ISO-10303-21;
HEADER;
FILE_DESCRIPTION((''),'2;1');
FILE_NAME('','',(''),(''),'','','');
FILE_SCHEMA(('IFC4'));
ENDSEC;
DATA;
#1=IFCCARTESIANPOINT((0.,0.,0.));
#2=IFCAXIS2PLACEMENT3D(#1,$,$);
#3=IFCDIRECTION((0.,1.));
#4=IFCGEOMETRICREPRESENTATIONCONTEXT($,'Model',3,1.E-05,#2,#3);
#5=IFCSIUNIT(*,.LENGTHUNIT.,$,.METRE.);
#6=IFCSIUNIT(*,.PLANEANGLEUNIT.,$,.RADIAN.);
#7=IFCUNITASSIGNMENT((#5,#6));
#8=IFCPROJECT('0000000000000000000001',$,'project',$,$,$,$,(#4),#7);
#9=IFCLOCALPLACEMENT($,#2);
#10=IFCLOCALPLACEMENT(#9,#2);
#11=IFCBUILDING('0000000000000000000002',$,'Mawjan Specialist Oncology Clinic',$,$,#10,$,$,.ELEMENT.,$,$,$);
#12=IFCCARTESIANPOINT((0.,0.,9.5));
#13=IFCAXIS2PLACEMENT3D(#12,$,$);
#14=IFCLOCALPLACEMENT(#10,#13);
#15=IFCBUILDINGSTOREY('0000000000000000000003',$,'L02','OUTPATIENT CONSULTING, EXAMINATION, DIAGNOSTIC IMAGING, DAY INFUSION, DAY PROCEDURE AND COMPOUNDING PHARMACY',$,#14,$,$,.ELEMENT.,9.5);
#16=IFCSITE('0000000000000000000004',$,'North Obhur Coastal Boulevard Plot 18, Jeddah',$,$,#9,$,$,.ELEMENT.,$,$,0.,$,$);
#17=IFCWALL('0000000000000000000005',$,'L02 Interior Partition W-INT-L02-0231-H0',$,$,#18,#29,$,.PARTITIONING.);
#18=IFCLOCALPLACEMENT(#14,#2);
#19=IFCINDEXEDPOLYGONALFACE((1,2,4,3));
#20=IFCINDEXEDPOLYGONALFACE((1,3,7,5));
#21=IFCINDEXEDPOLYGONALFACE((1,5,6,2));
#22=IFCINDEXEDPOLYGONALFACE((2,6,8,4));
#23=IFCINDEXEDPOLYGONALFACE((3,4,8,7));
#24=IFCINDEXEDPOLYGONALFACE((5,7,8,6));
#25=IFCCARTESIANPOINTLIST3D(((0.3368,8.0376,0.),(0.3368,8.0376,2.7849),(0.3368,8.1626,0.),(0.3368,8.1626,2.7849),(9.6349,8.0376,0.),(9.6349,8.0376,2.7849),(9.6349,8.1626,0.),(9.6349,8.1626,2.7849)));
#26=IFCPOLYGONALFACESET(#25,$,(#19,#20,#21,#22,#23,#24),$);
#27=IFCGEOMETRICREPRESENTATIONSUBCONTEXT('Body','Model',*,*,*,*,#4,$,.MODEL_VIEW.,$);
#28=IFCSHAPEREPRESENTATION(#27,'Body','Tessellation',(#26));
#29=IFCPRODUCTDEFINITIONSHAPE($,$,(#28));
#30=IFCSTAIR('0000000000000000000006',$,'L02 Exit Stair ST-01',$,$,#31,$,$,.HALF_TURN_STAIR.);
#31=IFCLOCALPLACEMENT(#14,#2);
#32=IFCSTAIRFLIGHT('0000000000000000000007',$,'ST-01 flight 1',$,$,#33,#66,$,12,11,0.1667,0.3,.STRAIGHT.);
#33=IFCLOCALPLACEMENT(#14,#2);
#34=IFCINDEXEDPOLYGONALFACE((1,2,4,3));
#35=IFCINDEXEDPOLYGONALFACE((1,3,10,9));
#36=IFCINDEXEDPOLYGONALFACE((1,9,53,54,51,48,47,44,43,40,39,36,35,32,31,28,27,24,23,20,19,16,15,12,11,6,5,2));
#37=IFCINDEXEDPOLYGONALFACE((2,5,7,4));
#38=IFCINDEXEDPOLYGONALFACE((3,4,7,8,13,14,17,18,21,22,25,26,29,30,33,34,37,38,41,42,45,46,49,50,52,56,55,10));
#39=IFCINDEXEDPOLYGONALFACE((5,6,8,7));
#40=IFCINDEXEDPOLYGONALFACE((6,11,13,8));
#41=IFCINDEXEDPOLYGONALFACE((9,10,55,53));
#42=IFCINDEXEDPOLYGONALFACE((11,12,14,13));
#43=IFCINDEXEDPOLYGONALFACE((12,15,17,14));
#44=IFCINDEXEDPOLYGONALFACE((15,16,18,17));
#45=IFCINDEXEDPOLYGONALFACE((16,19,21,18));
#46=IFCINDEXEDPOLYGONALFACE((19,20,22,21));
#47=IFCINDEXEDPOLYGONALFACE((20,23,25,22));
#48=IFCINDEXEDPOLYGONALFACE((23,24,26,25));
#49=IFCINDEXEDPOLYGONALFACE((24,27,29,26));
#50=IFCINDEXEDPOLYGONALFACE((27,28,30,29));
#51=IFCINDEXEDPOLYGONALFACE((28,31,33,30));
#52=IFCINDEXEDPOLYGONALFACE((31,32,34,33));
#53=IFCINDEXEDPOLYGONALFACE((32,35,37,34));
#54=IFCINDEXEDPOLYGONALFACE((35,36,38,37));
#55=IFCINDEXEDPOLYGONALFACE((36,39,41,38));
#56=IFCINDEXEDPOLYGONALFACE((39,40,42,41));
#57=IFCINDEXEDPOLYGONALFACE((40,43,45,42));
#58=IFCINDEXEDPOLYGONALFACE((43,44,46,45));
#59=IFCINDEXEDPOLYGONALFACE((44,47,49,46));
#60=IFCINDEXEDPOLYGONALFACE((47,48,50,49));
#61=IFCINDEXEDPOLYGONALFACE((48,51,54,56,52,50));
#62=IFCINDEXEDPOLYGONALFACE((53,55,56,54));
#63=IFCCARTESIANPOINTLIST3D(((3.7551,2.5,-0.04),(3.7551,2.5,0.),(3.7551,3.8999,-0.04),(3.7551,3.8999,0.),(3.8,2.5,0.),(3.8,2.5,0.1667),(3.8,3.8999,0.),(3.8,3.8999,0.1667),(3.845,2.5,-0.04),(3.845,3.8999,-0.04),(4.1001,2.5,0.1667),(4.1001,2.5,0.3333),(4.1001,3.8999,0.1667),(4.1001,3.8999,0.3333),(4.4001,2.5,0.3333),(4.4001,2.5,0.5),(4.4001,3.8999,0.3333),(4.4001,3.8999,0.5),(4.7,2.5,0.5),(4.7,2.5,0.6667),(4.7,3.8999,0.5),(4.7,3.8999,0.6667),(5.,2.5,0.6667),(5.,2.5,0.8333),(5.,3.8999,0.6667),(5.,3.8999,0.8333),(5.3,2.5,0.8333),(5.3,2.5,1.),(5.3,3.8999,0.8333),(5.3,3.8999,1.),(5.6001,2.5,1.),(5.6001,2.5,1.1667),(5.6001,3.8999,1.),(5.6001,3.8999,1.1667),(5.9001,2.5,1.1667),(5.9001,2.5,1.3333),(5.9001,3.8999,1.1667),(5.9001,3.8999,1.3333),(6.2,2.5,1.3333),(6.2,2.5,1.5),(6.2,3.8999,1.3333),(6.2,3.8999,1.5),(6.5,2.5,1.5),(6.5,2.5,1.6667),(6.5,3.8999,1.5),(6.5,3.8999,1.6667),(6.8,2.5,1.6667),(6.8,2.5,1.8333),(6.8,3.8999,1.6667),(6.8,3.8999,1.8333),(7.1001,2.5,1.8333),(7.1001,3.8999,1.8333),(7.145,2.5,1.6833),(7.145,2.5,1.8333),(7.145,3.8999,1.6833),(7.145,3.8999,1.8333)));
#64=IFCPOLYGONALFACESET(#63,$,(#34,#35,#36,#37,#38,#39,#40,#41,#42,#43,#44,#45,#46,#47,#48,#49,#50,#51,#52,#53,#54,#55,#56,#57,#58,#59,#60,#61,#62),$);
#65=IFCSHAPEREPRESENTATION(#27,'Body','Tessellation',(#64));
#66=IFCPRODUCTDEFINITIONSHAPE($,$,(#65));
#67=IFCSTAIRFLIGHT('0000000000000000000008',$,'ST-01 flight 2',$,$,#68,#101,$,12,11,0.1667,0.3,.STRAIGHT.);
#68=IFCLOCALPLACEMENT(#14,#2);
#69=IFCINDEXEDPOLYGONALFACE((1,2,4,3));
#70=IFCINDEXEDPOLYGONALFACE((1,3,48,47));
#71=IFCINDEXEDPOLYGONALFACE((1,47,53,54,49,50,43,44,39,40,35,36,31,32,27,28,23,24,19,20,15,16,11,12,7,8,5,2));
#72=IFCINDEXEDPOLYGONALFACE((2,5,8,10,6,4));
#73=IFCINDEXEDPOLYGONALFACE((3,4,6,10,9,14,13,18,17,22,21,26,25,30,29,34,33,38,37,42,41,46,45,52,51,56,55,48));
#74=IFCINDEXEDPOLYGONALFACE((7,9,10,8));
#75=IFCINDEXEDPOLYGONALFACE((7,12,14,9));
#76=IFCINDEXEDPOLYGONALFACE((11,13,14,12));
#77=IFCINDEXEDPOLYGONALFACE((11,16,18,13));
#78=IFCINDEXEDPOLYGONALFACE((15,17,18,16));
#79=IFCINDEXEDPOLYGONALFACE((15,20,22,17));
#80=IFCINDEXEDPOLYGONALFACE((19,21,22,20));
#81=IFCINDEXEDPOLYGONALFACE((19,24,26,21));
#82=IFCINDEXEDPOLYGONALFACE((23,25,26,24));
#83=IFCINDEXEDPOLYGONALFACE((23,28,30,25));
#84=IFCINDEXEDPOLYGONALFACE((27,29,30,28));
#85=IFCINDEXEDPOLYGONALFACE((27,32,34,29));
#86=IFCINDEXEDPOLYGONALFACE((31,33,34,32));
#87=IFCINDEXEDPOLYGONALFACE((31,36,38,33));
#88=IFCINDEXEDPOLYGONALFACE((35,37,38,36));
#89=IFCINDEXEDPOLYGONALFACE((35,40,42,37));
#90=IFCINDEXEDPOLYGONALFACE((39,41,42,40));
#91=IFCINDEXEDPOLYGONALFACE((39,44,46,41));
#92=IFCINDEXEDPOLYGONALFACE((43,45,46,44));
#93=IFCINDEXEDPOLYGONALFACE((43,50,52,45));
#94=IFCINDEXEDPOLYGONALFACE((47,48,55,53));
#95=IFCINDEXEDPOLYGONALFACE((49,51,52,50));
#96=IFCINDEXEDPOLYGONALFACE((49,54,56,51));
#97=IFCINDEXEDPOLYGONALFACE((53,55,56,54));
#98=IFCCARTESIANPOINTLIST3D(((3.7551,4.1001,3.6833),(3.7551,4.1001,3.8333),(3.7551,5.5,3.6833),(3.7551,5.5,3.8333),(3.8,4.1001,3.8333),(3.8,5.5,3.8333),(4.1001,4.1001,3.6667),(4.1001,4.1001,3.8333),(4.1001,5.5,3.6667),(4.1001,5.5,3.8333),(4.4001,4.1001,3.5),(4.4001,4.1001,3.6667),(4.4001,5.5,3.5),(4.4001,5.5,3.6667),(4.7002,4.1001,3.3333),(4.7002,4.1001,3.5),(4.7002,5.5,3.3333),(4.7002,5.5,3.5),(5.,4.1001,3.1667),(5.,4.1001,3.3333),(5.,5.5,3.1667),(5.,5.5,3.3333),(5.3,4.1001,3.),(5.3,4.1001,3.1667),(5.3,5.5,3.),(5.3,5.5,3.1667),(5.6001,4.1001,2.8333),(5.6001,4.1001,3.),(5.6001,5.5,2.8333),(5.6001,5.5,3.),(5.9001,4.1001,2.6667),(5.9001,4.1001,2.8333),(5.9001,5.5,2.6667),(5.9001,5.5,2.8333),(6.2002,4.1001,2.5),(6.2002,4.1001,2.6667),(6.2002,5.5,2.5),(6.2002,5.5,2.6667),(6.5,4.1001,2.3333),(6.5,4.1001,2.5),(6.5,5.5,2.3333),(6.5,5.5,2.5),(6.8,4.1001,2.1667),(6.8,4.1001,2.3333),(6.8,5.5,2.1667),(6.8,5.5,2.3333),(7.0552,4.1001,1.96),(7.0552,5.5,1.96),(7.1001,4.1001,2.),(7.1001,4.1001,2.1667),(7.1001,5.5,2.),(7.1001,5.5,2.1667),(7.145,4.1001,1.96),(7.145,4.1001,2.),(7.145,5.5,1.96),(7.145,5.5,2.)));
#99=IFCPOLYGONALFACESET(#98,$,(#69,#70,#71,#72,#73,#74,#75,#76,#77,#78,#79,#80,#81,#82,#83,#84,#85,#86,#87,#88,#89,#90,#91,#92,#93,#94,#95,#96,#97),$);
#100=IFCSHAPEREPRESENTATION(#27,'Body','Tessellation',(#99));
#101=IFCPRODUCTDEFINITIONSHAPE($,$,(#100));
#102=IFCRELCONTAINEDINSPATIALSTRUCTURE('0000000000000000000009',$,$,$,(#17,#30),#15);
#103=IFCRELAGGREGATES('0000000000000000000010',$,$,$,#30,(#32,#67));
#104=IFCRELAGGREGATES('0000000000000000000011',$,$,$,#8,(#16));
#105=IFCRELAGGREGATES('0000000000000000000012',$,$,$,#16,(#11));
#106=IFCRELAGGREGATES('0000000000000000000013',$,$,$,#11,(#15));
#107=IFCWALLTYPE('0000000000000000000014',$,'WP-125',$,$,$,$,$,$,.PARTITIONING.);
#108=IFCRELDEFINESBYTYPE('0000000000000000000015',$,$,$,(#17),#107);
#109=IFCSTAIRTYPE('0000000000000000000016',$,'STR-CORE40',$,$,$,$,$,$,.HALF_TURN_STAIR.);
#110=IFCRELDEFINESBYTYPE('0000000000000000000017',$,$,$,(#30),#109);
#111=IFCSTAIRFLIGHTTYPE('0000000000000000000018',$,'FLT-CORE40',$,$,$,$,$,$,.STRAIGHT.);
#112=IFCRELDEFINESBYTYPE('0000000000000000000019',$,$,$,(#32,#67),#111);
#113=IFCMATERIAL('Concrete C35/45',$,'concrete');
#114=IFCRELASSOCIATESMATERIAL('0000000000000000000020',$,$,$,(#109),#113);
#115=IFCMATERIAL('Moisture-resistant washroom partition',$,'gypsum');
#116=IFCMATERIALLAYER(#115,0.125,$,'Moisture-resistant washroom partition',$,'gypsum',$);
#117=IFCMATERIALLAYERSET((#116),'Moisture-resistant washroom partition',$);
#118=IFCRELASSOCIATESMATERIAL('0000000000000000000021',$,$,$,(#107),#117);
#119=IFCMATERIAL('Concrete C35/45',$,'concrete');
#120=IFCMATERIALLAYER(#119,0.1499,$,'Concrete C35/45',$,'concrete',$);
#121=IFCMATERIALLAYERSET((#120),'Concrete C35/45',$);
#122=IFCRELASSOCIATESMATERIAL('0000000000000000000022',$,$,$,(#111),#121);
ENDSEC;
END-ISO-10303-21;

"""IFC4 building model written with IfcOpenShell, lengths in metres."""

from ifc_helpers import new_model, si_unit, direction, frame, frame_2d, origin, place, context, subcontext, project, spatial, polyline, rectangle, outline, extrude, material, layer, layer_set, type_object, element, aggregate, save


model = new_model("IFC4")

# Units and contexts
model_context = context("Model", 3, precision=1e-05, world=origin(), true_north=direction((0.0, 1.0)))
body_context = subcontext(model_context, "Body", "Model", "MODEL_VIEW")
ifc_project = project(units=[si_unit("LENGTHUNIT", "METRE"), si_unit("PLANEANGLEUNIT", "RADIAN")], contexts=[model_context])

# Site, building, storey
site_placement = place(None, origin())
site = spatial("IfcSite", under=ifc_project, at=site_placement, Name="North Obhur Coastal Boulevard Plot 18, Jeddah", CompositionType="ELEMENT", RefElevation=0.0)
building_placement = place(site_placement, origin())
building = spatial("IfcBuilding", under=site, at=building_placement, Name="Mawjan Specialist Oncology Clinic", CompositionType="ELEMENT")
storey_placement = place(building_placement, frame((0.0, 0.0, 9.5)))
storey = spatial("IfcBuildingStorey", under=building, at=storey_placement, Name="L02", Description="OUTPATIENT CONSULTING, EXAMINATION, DIAGNOSTIC IMAGING, DAY INFUSION, DAY PROCEDURE AND COMPOUNDING PHARMACY", CompositionType="ELEMENT", Elevation=9.5)

# Shared definitions
ifc_material_1 = material(Name="Concrete C35/45", Category="concrete")
stair_type = type_object("IfcStairType", Name="STR-CORE40", PredefinedType="HALF_TURN_STAIR", material=ifc_material_1)

# Wall
ifc_material_2 = material(Name="Moisture-resistant washroom partition", Category="gypsum")
ifc_layer_1 = layer(ifc_material_2, 0.125, Name="Moisture-resistant washroom partition", Category="gypsum")
ifc_layer_set_1 = layer_set([ifc_layer_1], Name="Moisture-resistant washroom partition")
wall_type_1 = type_object("IfcWallType", Name="WP-125", PredefinedType="PARTITIONING", material=ifc_layer_set_1)
wall_1_placement = place(storey_placement, frame((0.3369, 8.1001, 0.0), z_axis=(0.0, 0.0, 1.0), x_axis=(1.0, 0.0, 0.0)))
element("IfcWall", 1, at=wall_1_placement, inside=storey, type_object=wall_type_1, Name="L02 Interior Partition W-INT-L02-0231-H0", PredefinedType="PARTITIONING", context=body_context, shape_type="SweptSolid", body=[
    extrude(rectangle(XDim=9.2981, YDim=0.125, at=frame_2d((4.6489, 0.0))), origin(), (0.0, 0.0, 1.0), 2.7849),
])

# Stair, stair flights
stair_1_placement = place(storey_placement, origin())
stair_1 = element("IfcStair", 2, at=stair_1_placement, inside=storey, type_object=stair_type, Name="L02 Exit Stair ST-01", PredefinedType="HALF_TURN_STAIR")
ifc_material_3 = material(Name="Concrete C35/45", Category="concrete")
ifc_layer_2 = layer(ifc_material_3, 0.1499, Name="Concrete C35/45", Category="concrete")
ifc_layer_set_2 = layer_set([ifc_layer_2], Name="Concrete C35/45")
stair_flight_type = type_object("IfcStairFlightType", Name="FLT-CORE40", PredefinedType="STRAIGHT", material=ifc_layer_set_2)
stair_flight_1_placement = place(storey_placement, frame((3.8, 3.2, 0.0), z_axis=(0.0, 0.0, 1.0), x_axis=(1.0, 0.0, 0.0)))
stair_flight_1 = element("IfcStairFlight", 3, at=stair_flight_1_placement, type_object=stair_flight_type, Name="ST-01 flight 1", NumberOfRisers=12, NumberOfTreads=11, PredefinedType="STRAIGHT", RiserHeight=0.1667, TreadLength=0.3, context=body_context, shape_type="SweptSolid", body=[
    extrude(outline(polyline([(-0.0449, -0.04), (-0.0449, 0.0), (0.0, 0.0), (0.0, 0.1667), (0.3, 0.1667), (0.3, 0.3333), (0.6001, 0.3333), (0.6001, 0.5), (0.8999, 0.5), (0.8999, 0.6667), (1.2, 0.6667), (1.2, 0.8333), (1.5, 0.8333), (1.5, 1.0), (1.8, 1.0), (1.8, 1.1667), (2.1001, 1.1667), (2.1001, 1.3333), (2.3999, 1.3333), (2.3999, 1.5), (2.7, 1.5), (2.7, 1.6667), (3.0, 1.6667), (3.0, 1.8333), (3.3, 1.8333), (3.345, 1.8333), (3.345, 1.6833), (0.0449, -0.04), (-0.0449, -0.04)])), frame((0.0, 0.7, 0.0), z_axis=(0.0, -1.0, 0.0), x_axis=(1.0, 0.0, 0.0)), (0.0, 0.0, 1.0), 1.3999),
])
stair_flight_2_placement = place(storey_placement, frame((7.1001, 4.8, 2.0), z_axis=(0.0, 0.0, 1.0), x_axis=(-1.0, 0.0, 0.0)))
stair_flight_2 = element("IfcStairFlight", 4, at=stair_flight_2_placement, type_object=stair_flight_type, Name="ST-01 flight 2", NumberOfRisers=12, NumberOfTreads=11, PredefinedType="STRAIGHT", RiserHeight=0.1667, TreadLength=0.3, context=body_context, shape_type="SweptSolid", body=[
    extrude(outline(polyline([(-0.0449, -0.04), (-0.0449, 0.0), (0.0, 0.0), (0.0, 0.1667), (0.3, 0.1667), (0.3, 0.3333), (0.6001, 0.3333), (0.6001, 0.5), (0.8999, 0.5), (0.8999, 0.6667), (1.2, 0.6667), (1.2, 0.8333), (1.5, 0.8333), (1.5, 1.0), (1.8, 1.0), (1.8, 1.1667), (2.1001, 1.1667), (2.1001, 1.3333), (2.3999, 1.3333), (2.3999, 1.5), (2.7, 1.5), (2.7, 1.6667), (3.0, 1.6667), (3.0, 1.8333), (3.3, 1.8333), (3.345, 1.8333), (3.345, 1.6833), (0.0449, -0.04), (-0.0449, -0.04)])), frame((0.0, 0.7, 0.0), z_axis=(0.0, -1.0, 0.0), x_axis=(1.0, 0.0, 0.0)), (0.0, 0.0, 1.0), 1.3999),
])
aggregate(stair_1, [stair_flight_1, stair_flight_2])

save(model, "model.ifc")
